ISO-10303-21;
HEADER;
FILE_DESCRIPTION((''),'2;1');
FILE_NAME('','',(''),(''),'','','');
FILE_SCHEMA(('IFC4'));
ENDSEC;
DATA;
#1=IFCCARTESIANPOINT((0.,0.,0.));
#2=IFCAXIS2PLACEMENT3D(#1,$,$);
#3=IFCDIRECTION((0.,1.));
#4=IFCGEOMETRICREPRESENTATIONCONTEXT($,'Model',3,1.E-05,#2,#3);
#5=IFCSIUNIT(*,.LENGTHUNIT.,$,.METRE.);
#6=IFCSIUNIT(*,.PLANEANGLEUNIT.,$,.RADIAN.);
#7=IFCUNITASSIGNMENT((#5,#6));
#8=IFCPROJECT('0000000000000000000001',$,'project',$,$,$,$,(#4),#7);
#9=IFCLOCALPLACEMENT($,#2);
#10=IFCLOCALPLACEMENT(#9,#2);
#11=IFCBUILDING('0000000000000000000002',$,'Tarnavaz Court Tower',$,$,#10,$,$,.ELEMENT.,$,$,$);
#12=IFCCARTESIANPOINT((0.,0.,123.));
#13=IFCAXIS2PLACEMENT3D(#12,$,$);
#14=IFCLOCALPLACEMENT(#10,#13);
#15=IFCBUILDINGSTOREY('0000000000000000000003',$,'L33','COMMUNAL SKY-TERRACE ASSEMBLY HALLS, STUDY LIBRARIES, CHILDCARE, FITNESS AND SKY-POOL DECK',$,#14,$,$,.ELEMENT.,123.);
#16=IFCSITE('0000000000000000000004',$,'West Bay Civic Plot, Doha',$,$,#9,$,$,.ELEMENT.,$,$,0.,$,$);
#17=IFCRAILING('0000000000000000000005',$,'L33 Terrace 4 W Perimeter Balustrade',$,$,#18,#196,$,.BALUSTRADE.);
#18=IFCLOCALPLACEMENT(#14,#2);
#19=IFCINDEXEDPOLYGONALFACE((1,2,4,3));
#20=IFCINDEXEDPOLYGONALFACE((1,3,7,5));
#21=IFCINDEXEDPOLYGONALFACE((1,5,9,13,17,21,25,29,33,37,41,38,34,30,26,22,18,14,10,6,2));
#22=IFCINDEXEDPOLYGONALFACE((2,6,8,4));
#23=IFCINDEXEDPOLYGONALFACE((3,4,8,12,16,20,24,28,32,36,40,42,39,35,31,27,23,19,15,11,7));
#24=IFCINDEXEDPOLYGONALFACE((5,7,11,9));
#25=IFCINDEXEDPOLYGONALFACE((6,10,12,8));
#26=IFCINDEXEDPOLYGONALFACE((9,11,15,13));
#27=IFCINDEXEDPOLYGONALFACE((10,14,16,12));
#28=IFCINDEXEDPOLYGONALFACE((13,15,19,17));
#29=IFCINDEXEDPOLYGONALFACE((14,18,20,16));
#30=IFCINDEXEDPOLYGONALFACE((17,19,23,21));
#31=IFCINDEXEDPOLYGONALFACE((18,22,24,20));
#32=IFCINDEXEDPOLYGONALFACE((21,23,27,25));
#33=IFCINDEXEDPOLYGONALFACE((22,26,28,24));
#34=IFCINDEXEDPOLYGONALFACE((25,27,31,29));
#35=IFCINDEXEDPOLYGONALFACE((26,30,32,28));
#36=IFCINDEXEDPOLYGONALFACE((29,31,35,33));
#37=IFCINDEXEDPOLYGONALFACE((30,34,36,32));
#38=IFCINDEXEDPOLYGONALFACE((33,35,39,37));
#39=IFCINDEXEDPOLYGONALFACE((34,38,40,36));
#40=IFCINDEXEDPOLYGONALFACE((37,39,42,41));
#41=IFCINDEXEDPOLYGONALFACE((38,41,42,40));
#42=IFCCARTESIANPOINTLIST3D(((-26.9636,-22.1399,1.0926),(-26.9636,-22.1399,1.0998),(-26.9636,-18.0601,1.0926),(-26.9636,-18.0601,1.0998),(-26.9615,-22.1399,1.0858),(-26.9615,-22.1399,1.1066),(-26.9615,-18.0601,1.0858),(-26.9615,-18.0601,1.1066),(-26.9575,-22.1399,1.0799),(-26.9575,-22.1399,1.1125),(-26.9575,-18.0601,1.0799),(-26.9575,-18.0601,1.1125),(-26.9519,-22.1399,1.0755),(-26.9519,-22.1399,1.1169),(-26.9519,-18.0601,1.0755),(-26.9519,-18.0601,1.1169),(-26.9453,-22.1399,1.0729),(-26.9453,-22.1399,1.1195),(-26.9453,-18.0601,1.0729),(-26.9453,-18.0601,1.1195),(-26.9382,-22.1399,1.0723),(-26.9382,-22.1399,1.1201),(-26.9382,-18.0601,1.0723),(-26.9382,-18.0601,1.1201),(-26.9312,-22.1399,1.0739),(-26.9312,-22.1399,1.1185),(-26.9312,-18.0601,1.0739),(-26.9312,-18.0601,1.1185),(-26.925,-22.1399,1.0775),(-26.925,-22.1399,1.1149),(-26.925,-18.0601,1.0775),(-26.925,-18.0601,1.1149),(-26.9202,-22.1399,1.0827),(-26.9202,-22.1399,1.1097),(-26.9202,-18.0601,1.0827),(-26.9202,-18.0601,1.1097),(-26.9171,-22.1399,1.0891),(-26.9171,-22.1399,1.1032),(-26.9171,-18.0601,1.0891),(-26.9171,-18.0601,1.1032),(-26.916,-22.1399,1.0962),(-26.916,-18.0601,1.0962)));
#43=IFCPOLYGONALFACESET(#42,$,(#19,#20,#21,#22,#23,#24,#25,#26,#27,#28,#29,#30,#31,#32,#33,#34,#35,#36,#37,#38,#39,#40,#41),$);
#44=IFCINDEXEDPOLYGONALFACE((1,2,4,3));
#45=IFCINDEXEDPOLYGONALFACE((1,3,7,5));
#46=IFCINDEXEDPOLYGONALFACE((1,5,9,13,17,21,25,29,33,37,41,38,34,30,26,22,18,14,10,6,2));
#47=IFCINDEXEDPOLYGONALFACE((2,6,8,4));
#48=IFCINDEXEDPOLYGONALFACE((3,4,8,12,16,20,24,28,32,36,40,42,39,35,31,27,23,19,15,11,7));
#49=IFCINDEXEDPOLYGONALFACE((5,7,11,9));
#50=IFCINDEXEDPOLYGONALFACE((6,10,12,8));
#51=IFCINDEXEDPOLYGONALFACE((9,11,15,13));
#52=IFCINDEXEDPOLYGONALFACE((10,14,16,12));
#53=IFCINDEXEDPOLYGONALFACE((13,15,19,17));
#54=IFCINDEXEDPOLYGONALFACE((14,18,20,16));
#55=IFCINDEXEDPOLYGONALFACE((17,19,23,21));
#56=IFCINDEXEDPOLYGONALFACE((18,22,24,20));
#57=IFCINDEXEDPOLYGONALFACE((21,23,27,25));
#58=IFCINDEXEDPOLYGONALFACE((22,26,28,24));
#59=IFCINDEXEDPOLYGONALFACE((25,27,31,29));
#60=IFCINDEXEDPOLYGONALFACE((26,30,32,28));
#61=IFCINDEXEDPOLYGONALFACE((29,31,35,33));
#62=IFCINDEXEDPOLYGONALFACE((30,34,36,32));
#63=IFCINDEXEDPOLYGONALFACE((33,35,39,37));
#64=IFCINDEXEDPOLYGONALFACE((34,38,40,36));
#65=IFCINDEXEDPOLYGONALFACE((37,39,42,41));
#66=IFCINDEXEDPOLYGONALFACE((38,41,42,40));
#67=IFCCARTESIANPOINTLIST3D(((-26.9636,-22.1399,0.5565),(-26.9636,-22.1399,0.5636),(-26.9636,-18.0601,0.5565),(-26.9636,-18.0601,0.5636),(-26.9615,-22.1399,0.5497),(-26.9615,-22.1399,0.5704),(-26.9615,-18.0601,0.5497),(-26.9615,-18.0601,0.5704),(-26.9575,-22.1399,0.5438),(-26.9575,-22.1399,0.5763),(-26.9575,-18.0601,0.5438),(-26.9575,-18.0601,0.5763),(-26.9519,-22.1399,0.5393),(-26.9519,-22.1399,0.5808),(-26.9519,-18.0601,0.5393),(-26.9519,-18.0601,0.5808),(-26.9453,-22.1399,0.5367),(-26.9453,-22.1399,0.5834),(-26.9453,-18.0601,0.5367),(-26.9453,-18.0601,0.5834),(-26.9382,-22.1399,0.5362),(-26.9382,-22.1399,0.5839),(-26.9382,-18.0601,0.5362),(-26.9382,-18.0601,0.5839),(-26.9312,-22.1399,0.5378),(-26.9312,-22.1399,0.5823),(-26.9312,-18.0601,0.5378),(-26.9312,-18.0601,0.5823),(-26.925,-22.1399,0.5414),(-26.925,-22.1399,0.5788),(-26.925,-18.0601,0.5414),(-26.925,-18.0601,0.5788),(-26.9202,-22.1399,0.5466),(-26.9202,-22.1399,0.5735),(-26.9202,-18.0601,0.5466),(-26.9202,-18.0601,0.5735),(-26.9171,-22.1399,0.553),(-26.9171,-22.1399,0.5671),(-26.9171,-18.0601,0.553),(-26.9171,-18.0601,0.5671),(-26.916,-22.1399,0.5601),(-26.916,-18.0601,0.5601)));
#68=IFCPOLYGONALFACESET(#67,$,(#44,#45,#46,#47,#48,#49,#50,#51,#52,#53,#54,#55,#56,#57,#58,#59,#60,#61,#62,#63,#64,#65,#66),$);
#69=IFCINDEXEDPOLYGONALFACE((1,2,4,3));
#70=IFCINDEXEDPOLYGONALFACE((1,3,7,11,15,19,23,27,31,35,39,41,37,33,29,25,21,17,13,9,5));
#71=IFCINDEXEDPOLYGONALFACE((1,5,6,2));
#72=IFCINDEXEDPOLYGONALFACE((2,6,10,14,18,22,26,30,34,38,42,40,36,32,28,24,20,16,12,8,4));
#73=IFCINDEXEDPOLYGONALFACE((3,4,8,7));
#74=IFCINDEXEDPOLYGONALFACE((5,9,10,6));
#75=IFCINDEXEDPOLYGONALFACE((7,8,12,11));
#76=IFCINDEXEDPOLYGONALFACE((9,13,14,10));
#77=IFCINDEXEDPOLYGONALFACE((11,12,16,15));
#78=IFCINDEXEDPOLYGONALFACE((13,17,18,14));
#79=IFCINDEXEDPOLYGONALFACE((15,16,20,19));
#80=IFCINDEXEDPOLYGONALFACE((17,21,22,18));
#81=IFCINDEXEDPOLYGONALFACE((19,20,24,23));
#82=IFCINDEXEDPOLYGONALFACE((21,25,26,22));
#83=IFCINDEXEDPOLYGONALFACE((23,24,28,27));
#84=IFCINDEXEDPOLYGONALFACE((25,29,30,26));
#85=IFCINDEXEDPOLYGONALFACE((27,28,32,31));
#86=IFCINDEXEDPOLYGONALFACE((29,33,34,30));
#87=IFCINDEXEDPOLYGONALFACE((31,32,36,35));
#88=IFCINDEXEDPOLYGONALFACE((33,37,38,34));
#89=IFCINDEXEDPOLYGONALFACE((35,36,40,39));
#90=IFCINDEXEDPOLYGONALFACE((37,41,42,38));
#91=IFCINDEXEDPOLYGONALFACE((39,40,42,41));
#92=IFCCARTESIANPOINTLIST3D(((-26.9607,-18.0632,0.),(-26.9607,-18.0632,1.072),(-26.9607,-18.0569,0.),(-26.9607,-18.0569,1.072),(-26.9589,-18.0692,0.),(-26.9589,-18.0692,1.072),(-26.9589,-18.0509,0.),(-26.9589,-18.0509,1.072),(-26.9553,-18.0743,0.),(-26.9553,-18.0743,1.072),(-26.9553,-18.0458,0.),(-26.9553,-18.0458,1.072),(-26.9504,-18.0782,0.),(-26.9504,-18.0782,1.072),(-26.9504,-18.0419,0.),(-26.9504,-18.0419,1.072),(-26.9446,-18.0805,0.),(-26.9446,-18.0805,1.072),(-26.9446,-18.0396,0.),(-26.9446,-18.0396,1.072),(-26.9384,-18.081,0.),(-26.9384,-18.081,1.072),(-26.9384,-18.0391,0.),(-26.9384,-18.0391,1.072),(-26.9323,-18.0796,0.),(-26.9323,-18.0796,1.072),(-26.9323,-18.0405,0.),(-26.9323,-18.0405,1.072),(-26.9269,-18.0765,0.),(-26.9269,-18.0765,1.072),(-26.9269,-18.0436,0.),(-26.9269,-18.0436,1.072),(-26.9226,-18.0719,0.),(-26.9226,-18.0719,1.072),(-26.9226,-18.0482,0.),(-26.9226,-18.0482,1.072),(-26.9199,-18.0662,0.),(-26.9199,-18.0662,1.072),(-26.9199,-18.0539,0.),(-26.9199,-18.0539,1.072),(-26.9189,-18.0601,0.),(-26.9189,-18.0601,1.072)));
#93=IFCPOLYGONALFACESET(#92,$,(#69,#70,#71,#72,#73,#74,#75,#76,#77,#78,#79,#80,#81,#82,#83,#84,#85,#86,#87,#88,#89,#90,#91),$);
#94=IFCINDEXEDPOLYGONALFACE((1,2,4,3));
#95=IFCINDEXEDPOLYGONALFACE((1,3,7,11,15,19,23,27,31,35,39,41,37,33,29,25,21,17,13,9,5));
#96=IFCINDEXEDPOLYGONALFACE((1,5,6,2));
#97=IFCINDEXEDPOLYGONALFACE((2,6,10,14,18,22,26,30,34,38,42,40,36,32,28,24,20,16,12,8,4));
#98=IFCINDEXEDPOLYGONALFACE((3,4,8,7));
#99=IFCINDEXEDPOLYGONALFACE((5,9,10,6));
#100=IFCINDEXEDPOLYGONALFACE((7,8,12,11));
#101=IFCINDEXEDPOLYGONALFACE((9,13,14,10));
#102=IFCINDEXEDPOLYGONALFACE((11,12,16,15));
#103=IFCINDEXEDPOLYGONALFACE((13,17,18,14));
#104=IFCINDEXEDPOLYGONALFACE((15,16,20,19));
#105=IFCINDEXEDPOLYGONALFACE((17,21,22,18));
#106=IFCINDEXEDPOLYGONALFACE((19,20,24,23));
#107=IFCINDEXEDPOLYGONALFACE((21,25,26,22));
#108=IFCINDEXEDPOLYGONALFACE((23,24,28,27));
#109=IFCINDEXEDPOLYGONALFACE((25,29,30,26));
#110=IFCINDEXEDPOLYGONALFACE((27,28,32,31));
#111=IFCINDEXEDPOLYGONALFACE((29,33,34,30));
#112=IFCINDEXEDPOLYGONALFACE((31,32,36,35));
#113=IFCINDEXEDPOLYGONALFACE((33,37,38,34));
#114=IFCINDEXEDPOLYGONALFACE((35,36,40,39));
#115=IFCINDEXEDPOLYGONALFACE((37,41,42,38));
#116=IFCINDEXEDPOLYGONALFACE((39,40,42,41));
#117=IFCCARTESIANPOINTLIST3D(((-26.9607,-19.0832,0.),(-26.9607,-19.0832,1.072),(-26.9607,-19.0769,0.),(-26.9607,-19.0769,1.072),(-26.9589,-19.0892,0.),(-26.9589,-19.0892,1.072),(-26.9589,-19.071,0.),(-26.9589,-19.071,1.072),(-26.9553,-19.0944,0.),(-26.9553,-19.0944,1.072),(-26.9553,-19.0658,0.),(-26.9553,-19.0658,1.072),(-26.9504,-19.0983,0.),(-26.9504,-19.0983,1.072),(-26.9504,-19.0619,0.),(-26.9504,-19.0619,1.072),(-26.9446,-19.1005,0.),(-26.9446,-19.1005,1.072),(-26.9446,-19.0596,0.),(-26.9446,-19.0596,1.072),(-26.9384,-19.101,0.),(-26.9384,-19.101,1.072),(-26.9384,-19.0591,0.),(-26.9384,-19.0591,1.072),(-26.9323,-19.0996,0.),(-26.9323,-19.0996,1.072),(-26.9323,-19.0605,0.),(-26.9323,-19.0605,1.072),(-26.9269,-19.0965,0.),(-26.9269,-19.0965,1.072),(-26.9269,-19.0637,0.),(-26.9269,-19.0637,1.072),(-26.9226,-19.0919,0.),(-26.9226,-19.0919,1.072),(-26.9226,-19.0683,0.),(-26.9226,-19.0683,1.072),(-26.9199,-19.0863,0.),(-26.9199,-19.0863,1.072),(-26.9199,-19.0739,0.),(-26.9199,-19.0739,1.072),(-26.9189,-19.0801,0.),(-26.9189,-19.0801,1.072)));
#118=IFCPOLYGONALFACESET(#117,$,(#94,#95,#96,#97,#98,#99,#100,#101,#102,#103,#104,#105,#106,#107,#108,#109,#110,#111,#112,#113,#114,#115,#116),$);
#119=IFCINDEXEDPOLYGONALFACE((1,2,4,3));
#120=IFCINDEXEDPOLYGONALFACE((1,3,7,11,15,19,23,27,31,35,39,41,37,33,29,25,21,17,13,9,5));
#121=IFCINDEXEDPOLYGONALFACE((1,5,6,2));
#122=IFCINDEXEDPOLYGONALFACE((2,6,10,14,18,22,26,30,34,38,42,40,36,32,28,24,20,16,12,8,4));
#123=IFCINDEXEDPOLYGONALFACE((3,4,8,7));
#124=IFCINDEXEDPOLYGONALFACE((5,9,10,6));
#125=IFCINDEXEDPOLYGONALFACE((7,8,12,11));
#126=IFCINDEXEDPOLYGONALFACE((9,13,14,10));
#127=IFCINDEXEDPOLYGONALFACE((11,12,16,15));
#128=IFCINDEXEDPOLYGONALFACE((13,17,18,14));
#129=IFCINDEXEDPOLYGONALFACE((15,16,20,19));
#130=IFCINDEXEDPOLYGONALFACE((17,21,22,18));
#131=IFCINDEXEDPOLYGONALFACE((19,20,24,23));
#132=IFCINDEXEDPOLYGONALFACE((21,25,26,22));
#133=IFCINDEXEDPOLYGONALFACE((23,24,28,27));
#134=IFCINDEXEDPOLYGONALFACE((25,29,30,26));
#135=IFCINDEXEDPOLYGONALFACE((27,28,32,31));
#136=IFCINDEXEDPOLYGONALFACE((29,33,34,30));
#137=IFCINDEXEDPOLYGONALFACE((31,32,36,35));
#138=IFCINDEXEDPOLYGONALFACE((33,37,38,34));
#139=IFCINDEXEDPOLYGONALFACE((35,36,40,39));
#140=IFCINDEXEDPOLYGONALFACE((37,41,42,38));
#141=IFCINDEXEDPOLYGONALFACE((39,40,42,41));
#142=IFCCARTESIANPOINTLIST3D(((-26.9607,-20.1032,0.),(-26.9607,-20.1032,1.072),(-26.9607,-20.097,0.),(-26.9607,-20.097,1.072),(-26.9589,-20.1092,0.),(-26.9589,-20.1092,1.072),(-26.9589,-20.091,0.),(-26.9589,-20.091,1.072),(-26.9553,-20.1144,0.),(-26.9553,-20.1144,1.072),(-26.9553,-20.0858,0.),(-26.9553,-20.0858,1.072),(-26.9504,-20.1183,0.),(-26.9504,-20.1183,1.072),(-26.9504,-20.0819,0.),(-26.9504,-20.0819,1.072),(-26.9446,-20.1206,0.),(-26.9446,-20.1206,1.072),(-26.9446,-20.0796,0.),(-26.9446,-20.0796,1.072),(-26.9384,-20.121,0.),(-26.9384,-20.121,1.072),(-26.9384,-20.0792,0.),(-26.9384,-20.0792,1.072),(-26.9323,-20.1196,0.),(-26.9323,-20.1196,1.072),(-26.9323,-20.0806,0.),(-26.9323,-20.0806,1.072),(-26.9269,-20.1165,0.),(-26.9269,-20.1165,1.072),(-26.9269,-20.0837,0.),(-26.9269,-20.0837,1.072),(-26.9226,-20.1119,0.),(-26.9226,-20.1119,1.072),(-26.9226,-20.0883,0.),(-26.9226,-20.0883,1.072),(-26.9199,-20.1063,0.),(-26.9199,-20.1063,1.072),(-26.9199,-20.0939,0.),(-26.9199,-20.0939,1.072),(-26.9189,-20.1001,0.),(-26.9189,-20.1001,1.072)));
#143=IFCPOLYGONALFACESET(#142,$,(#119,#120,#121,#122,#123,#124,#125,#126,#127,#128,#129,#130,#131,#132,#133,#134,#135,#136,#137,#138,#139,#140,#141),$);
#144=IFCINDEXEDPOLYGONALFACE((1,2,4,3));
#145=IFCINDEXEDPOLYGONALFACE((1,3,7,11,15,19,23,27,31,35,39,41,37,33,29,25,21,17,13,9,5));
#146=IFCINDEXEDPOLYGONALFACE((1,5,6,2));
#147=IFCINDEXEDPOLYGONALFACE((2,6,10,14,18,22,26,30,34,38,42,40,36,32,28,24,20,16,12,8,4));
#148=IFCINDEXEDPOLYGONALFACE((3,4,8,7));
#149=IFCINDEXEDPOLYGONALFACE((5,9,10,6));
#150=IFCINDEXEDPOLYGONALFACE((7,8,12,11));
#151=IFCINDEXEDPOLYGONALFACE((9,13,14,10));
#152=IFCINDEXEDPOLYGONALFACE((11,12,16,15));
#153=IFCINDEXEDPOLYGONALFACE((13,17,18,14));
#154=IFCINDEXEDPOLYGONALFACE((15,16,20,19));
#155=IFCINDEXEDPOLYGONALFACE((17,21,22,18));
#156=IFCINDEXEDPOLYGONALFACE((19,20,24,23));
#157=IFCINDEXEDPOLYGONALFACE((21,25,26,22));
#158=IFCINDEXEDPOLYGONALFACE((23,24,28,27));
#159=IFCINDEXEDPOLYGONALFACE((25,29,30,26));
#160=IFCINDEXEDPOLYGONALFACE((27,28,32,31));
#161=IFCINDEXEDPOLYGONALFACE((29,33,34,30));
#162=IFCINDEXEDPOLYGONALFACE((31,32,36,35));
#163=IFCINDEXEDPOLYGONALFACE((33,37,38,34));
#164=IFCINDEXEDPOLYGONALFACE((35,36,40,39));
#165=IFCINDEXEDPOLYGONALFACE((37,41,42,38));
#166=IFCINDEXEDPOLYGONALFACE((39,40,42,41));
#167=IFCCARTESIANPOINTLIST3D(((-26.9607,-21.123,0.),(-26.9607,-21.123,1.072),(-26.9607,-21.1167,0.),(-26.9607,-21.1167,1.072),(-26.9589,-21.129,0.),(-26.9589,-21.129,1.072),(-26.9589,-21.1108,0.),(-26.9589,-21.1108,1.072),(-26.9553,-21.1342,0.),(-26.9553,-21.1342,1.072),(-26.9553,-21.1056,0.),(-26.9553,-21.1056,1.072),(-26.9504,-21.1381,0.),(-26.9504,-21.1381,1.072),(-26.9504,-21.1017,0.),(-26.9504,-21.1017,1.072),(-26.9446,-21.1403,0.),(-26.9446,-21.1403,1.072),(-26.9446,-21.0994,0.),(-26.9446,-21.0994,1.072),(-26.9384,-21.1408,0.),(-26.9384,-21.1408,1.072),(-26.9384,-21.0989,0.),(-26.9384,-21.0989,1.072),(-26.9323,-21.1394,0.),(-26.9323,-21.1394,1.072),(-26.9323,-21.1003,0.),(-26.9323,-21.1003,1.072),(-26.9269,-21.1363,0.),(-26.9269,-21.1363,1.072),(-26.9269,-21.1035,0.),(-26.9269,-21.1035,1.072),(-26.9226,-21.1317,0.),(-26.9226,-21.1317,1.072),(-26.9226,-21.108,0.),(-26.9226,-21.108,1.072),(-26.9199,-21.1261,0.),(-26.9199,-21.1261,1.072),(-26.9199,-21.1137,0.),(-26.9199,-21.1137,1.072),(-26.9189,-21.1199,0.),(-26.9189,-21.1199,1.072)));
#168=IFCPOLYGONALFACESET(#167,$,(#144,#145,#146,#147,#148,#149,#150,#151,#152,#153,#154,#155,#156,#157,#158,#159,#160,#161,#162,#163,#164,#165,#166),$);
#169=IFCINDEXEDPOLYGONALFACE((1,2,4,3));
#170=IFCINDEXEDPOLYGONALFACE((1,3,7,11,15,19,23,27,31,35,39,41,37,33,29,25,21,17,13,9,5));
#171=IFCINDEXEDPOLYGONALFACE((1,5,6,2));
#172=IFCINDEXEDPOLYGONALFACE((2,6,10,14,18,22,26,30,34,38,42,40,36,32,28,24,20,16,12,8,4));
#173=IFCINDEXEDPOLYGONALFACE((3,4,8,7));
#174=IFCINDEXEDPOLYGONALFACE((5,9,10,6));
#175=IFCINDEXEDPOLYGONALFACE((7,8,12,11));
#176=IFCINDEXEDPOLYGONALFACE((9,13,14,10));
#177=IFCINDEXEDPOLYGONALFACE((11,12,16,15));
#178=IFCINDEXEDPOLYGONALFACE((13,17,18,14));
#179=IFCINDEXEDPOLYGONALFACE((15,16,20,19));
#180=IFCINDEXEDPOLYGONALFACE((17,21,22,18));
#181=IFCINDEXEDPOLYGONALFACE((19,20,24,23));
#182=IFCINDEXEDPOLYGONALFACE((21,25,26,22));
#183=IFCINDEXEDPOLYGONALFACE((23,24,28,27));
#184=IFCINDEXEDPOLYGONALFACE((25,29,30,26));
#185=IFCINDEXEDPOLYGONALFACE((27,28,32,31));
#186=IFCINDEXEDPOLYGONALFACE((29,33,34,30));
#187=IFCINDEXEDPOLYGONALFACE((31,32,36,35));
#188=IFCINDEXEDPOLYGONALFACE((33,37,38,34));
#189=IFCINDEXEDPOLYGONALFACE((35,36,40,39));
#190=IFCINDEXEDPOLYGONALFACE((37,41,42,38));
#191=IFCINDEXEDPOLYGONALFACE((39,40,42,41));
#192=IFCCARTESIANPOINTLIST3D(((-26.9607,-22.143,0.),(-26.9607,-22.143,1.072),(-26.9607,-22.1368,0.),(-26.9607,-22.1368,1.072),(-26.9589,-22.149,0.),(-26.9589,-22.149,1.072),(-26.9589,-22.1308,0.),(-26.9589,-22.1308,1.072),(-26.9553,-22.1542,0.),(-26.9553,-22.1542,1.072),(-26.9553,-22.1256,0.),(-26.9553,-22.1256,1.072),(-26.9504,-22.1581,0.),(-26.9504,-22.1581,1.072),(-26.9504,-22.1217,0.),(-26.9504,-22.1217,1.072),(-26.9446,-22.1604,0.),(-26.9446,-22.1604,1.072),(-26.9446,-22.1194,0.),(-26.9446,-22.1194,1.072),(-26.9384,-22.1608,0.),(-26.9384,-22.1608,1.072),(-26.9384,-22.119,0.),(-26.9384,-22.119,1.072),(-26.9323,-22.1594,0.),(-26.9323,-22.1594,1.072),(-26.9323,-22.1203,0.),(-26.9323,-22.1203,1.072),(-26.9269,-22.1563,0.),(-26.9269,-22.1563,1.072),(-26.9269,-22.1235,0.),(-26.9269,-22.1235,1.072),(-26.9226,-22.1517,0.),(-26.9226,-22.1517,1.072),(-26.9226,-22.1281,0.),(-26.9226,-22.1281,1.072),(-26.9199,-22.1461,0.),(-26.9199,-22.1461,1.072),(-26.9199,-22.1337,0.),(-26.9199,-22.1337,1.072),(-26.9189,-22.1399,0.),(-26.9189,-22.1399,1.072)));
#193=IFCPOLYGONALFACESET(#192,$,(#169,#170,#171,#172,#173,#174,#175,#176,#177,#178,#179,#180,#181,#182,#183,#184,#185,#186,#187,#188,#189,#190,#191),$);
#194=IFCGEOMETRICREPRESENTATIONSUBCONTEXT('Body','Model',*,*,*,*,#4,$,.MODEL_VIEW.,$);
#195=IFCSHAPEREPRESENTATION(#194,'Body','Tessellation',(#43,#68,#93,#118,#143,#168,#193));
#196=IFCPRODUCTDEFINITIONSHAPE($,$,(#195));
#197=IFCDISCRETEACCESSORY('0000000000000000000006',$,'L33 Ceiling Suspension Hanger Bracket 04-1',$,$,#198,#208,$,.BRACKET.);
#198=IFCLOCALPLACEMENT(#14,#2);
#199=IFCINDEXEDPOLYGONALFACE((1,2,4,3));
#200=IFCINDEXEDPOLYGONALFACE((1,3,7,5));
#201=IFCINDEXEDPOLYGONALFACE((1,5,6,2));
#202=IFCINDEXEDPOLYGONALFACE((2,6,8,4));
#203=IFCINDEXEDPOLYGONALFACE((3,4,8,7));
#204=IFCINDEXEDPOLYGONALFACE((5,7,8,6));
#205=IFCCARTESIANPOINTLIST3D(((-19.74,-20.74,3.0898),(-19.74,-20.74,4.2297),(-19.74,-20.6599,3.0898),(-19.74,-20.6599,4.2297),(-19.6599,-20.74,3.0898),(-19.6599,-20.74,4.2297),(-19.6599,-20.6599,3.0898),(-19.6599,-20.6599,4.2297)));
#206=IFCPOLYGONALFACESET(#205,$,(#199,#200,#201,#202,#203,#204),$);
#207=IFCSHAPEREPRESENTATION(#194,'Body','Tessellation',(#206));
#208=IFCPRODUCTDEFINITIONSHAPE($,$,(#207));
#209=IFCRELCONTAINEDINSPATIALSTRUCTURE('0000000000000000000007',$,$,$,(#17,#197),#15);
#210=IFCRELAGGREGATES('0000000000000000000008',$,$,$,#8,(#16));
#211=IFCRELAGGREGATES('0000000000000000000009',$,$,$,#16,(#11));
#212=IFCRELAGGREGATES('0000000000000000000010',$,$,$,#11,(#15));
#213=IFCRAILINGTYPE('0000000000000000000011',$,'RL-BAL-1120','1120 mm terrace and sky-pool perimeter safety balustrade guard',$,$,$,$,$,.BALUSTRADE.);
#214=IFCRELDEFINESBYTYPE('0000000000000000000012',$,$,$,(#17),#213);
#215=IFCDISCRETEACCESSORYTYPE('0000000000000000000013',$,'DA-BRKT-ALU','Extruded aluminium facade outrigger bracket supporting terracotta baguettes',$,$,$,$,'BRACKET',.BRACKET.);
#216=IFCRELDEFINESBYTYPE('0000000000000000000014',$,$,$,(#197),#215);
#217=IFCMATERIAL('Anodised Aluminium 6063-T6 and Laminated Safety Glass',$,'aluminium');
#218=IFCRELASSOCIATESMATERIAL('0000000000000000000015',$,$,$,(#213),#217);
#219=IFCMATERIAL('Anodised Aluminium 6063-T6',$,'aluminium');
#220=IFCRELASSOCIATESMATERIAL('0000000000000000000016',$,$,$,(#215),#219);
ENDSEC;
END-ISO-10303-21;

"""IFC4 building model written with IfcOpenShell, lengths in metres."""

from ifc_helpers import new_model, si_unit, direction, frame, origin, origin_2d, place, context, subcontext, project, spatial, rectangle, circle, extrude, material, type_object, element, save


model = new_model("IFC4")

# Units and contexts
model_context = context("Model", 3, precision=1e-05, world=origin(), true_north=direction((0.0, 1.0)))
body_context = subcontext(model_context, "Body", "Model", "MODEL_VIEW")
ifc_project = project(units=[si_unit("LENGTHUNIT", "METRE"), si_unit("PLANEANGLEUNIT", "RADIAN")], contexts=[model_context])

# Site, building, storey
site_placement = place(None, origin())
site = spatial("IfcSite", under=ifc_project, at=site_placement, Name="West Bay Civic Plot, Doha", CompositionType="ELEMENT", RefElevation=0.0)
building_placement = place(site_placement, origin())
building = spatial("IfcBuilding", under=site, at=building_placement, Name="Tarnavaz Court Tower", CompositionType="ELEMENT")
storey_placement = place(building_placement, frame((0.0, 0.0, 123.0)))
storey = spatial("IfcBuildingStorey", under=building, at=storey_placement, Name="L33", Description="COMMUNAL SKY-TERRACE ASSEMBLY HALLS, STUDY LIBRARIES, CHILDCARE, FITNESS AND SKY-POOL DECK", CompositionType="ELEMENT", Elevation=123.0)

# Shared definitions
ifc_material_1 = material(Name="Anodised Aluminium 6063-T6", Category="aluminium")

# Railing
ifc_material_2 = material(Name="Anodised Aluminium 6063-T6 and Laminated Safety Glass", Category="aluminium")
railing_type = type_object("IfcRailingType", Name="RL-BAL-1120", Description="1120 mm terrace and sky-pool perimeter safety balustrade guard", PredefinedType="BALUSTRADE", material=ifc_material_2)
railing_1_placement = place(storey_placement, frame((-26.9399, -18.0601, 0.0)))
element("IfcRailing", 1, at=railing_1_placement, inside=storey, type_object=railing_type, Name="L33 Terrace 4 W Perimeter Balustrade", PredefinedType="BALUSTRADE", context=body_context, shape_type="SweptSolid", body=[
    extrude(circle(Radius=0.0239, at=origin_2d()), frame((0.0, 0.0, 1.0962), z_axis=(0.0, -1.0, 0.0), x_axis=(1.0, 0.0, 0.0)), (0.0, 0.0, 1.0), 4.0798),
    extrude(circle(Radius=0.0239, at=origin_2d()), frame((0.0, 0.0, 0.5601), z_axis=(0.0, -1.0, 0.0), x_axis=(1.0, 0.0, 0.0)), (0.0, 0.0, 1.0), 4.0798),
    extrude(circle(Radius=0.021, at=origin_2d()), origin(), (0.0, 0.0, 1.0), 1.072),
    extrude(circle(Radius=0.021, at=origin_2d()), frame((0.0, -1.02, 0.0)), (0.0, 0.0, 1.0), 1.072),
    extrude(circle(Radius=0.021, at=origin_2d()), frame((0.0, -2.04, 0.0)), (0.0, 0.0, 1.0), 1.072),
    extrude(circle(Radius=0.021, at=origin_2d()), frame((0.0, -3.0598, 0.0)), (0.0, 0.0, 1.0), 1.072),
    extrude(circle(Radius=0.021, at=origin_2d()), frame((0.0, -4.0798, 0.0)), (0.0, 0.0, 1.0), 1.072),
])

# Discrete accessory
discrete_accessory_type = type_object("IfcDiscreteAccessoryType", Name="DA-BRKT-ALU", Description="Extruded aluminium facade outrigger bracket supporting terracotta baguettes", ElementType="BRACKET", PredefinedType="BRACKET", material=ifc_material_1)
for number, where, z_axis, x_axis, name in (
    (2, (-19.7, -20.7, 3.0898), (0.0, 0.0, 1.0), (1.0, 0.0, 0.0), "L33 Ceiling Suspension Hanger Bracket 04-1"),
):
    element("IfcDiscreteAccessory", number, at=place(storey_placement, frame(where, z_axis=z_axis, x_axis=x_axis)), inside=storey, type_object=discrete_accessory_type, Name=name, PredefinedType="BRACKET", context=body_context, shape_type="SweptSolid", body=[
        extrude(rectangle(XDim=0.0801, YDim=0.0801, at=origin_2d()), origin(), (0.0, 0.0, 1.0), 1.1399),
    ])

save(model, "model.ifc")
